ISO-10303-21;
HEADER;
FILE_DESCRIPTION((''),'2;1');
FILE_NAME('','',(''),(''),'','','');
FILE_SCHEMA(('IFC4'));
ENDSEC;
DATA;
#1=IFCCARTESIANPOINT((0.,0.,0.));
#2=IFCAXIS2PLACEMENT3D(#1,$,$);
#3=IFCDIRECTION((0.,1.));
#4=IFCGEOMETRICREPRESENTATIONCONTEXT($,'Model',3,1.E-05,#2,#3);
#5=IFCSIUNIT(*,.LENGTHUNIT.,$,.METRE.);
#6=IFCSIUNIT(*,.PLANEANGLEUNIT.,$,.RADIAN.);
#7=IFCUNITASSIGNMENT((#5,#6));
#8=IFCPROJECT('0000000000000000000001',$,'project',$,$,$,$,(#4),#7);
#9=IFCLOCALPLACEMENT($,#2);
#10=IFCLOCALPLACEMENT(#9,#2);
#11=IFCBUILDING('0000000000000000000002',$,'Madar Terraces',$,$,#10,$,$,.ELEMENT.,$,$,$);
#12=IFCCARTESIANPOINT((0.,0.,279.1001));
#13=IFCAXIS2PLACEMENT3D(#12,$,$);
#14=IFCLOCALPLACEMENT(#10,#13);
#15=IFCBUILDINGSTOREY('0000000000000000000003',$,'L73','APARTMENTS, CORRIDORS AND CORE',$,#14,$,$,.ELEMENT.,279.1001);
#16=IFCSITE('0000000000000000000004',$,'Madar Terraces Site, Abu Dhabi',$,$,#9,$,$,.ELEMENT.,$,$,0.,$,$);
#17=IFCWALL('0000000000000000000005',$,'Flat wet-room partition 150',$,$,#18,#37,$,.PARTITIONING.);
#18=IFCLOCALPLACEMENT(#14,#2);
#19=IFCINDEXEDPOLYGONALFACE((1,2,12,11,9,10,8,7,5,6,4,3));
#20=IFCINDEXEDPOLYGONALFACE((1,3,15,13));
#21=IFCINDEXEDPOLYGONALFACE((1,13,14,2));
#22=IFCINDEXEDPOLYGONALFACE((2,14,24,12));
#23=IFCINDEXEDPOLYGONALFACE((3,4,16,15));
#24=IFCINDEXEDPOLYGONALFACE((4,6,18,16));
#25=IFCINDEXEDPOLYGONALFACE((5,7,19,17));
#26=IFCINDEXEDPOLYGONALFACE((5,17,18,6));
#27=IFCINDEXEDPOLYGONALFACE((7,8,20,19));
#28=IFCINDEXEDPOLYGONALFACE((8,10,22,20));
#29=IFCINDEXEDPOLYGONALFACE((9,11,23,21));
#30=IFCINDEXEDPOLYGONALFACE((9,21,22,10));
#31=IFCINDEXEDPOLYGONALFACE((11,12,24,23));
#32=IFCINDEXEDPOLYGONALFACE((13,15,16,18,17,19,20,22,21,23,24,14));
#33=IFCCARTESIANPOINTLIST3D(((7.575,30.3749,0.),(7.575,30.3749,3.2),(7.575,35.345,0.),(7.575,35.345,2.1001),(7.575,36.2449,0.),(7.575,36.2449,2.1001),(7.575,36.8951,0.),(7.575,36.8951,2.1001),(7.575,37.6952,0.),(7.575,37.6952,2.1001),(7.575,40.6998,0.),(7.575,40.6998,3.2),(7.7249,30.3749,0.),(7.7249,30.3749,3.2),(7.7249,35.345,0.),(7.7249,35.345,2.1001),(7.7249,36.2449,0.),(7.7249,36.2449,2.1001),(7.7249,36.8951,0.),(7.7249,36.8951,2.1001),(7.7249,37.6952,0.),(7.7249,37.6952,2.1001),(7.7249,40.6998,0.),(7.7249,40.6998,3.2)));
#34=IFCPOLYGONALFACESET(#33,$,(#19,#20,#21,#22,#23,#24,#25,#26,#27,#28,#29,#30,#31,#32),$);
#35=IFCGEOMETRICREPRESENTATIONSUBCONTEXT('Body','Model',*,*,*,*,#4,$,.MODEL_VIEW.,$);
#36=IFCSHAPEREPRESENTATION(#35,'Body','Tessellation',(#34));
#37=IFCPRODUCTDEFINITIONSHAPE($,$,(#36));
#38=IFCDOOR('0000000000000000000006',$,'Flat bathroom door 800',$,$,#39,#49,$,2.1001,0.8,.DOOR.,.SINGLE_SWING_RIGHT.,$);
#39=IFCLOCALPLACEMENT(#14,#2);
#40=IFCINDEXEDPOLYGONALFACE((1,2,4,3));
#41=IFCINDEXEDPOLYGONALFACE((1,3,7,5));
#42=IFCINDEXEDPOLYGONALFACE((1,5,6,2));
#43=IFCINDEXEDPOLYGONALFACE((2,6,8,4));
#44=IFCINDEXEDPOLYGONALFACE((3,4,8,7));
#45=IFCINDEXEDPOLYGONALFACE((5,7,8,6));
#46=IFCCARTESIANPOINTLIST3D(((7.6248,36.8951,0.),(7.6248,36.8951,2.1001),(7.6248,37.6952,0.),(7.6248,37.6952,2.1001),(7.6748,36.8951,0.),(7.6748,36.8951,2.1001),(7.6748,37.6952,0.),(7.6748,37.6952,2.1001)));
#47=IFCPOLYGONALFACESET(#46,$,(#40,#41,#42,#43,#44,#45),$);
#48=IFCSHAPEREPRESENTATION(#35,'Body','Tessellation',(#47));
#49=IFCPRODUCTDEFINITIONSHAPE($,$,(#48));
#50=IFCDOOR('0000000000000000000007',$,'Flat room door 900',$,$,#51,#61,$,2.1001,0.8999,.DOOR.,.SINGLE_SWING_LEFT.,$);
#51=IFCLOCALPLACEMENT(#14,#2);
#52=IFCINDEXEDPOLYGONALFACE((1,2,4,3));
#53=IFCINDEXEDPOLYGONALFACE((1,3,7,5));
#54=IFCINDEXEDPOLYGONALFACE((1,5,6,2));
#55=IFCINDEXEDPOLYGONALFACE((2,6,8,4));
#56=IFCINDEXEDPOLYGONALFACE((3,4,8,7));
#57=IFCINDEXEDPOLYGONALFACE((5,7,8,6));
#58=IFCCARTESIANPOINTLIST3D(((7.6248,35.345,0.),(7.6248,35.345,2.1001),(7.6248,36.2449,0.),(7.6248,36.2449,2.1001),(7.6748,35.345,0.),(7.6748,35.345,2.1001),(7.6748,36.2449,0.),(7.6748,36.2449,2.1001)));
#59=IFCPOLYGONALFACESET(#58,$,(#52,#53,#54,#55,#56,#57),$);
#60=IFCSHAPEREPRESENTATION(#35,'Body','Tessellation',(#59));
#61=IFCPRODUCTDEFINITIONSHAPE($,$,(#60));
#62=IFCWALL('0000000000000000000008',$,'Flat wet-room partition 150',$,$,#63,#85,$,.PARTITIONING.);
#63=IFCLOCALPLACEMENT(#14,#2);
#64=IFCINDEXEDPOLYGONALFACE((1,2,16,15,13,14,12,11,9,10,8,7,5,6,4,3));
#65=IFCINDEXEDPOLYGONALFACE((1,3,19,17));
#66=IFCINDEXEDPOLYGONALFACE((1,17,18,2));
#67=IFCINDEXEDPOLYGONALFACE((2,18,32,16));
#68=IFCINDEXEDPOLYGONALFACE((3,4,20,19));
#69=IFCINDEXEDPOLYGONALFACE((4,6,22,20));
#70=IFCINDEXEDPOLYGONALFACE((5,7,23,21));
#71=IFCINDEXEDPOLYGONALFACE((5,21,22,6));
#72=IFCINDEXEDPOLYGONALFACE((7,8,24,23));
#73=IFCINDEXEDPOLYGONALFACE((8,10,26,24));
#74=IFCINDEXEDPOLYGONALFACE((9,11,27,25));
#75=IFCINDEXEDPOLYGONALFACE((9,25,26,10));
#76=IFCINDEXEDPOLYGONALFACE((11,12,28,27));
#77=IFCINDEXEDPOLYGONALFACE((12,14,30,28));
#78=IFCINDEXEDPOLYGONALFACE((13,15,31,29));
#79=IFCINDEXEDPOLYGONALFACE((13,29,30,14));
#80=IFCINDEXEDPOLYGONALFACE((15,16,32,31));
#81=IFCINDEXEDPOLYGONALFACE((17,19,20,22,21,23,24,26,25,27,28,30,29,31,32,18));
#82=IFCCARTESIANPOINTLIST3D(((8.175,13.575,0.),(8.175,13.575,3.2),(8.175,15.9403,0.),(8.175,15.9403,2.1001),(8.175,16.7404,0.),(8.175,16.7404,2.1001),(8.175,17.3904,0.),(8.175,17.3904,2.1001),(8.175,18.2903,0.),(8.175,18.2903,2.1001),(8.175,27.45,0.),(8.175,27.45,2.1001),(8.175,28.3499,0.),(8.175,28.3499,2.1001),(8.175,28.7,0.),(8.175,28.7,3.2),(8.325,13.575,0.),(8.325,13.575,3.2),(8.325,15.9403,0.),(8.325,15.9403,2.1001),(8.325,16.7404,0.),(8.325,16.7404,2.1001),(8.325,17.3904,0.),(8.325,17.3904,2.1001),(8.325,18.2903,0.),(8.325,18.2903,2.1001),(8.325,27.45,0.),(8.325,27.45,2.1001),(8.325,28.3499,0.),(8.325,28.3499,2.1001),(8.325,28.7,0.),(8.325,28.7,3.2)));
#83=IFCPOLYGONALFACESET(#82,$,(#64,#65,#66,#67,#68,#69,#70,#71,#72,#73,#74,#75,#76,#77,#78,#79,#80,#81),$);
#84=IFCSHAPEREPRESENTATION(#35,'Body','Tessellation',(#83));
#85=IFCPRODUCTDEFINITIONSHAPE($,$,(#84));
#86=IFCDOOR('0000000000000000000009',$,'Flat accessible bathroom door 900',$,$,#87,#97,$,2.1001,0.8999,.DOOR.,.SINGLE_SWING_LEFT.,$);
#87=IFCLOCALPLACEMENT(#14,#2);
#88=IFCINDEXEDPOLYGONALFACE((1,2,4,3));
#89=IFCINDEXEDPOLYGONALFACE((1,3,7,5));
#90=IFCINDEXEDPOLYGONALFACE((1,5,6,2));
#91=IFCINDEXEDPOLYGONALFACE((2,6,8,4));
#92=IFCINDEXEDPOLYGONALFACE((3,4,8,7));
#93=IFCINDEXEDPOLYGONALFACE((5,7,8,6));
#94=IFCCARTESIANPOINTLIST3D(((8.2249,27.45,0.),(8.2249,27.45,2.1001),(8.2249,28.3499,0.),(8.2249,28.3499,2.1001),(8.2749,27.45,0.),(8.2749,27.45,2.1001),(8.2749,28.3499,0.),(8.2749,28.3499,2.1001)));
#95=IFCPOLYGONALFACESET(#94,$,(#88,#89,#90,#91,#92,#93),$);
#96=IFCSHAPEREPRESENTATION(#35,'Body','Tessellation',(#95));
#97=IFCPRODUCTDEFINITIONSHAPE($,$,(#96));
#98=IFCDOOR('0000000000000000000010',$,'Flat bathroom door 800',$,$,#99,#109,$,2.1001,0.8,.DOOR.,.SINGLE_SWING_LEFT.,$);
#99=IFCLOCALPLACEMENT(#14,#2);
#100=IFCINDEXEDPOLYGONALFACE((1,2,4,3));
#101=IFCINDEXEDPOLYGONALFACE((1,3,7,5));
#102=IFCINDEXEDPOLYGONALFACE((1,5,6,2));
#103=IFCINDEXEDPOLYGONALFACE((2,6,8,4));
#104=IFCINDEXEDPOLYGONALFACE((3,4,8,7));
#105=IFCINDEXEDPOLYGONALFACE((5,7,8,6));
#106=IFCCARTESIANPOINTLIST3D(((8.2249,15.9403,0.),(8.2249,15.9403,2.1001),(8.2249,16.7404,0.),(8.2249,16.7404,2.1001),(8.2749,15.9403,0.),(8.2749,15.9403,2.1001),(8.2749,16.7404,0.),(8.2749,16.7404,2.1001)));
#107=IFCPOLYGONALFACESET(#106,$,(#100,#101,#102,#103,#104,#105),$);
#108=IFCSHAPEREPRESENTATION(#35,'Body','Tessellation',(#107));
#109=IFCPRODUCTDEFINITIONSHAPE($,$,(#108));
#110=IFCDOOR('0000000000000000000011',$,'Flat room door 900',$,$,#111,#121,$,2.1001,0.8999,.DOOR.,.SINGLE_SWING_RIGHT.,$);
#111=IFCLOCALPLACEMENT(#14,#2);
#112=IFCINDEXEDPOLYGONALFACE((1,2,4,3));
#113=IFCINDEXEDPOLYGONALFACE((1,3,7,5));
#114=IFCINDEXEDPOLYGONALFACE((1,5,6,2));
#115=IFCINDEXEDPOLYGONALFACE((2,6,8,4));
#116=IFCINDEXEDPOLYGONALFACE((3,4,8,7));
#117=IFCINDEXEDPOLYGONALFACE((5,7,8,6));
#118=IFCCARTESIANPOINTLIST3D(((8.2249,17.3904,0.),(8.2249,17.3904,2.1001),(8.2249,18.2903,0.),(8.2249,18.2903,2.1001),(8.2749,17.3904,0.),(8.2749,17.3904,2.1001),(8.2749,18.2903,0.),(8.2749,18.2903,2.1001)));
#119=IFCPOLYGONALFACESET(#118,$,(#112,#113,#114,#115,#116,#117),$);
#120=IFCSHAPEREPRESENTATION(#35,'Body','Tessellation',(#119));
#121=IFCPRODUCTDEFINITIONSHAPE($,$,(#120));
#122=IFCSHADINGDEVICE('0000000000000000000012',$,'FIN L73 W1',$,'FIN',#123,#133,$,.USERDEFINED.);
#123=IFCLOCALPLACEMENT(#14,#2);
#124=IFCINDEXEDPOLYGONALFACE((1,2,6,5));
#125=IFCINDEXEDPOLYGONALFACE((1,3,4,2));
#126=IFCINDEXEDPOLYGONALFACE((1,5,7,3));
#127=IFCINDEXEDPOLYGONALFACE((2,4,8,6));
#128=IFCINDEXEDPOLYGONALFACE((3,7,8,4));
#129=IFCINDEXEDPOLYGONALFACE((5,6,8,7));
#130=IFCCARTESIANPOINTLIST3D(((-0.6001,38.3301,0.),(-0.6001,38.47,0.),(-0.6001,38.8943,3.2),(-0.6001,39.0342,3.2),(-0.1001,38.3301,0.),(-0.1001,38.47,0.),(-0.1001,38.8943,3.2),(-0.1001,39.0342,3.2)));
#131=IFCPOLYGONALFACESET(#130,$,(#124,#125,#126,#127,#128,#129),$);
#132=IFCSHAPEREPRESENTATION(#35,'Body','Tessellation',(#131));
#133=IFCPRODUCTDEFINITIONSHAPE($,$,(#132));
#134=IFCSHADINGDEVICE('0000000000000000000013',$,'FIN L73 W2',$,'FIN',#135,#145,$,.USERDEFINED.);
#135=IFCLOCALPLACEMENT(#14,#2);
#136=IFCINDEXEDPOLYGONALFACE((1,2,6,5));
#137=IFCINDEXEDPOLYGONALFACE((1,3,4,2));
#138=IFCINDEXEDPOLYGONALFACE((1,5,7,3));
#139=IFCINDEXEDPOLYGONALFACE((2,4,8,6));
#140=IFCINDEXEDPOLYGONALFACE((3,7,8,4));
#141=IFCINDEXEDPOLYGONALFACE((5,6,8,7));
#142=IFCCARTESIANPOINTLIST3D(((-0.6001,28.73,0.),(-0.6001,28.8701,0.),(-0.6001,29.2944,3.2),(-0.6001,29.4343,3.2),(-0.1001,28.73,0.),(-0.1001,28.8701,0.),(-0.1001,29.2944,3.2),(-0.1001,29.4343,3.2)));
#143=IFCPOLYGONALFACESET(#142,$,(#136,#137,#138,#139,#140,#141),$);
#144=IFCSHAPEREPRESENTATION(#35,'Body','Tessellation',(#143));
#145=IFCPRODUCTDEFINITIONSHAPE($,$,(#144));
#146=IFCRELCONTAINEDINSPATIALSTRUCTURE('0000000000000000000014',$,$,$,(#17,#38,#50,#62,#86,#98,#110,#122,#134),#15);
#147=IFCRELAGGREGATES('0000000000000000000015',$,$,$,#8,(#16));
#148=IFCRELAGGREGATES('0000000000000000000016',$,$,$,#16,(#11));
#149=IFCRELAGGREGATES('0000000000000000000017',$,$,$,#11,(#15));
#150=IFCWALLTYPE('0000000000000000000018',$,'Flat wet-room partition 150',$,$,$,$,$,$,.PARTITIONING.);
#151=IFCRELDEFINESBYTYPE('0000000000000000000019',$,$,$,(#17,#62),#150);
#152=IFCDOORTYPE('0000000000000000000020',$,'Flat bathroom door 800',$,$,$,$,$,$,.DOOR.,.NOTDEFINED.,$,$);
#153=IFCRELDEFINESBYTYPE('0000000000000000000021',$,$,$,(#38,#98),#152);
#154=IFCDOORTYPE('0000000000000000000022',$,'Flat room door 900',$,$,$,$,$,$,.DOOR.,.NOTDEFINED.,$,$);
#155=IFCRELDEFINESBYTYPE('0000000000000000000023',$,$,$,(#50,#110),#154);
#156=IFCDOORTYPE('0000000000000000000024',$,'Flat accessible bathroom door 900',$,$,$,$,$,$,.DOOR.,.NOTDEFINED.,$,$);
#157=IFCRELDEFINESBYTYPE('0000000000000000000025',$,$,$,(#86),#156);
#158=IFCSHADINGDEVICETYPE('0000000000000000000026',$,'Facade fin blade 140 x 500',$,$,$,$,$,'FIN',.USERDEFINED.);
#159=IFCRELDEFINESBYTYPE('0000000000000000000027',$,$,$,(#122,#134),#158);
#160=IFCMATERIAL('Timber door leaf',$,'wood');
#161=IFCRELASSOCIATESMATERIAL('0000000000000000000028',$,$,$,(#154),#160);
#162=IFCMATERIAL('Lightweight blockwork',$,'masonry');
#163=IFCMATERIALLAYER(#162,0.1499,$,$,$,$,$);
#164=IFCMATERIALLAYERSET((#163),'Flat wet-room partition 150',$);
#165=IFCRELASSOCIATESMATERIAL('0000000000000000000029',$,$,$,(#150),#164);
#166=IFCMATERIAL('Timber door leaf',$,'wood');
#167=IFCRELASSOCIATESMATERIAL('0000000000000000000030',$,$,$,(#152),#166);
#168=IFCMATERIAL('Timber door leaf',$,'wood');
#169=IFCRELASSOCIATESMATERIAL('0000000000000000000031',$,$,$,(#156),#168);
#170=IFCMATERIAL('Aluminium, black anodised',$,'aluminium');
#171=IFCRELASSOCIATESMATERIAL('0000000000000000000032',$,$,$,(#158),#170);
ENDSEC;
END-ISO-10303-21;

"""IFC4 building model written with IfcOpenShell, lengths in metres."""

from ifc_helpers import new_model, si_unit, direction, frame, frame_2d, origin, place, context, subcontext, project, spatial, polyline, rectangle, outline, extrude, material, layer, layer_set, type_object, element, fill, save


model = new_model("IFC4")

# Units and contexts
model_context = context("Model", 3, precision=1e-05, world=origin(), true_north=direction((0.0, 1.0)))
body_context = subcontext(model_context, "Body", "Model", "MODEL_VIEW")
ifc_project = project(units=[si_unit("LENGTHUNIT", "METRE"), si_unit("PLANEANGLEUNIT", "RADIAN")], contexts=[model_context])

# Site, building, storey
site_placement = place(None, origin())
site = spatial("IfcSite", under=ifc_project, at=site_placement, Name="Madar Terraces Site, Abu Dhabi", CompositionType="ELEMENT", RefElevation=0.0)
building_placement = place(site_placement, origin())
building = spatial("IfcBuilding", under=site, at=building_placement, Name="Madar Terraces", CompositionType="ELEMENT")
storey_placement = place(building_placement, frame((0.0, 0.0, 279.1001)))
storey = spatial("IfcBuildingStorey", under=building, at=storey_placement, Name="L73", Description="APARTMENTS, CORRIDORS AND CORE", CompositionType="ELEMENT", Elevation=279.1001)

# Shared definitions
ifc_material_1 = material(Name="Timber door leaf", Category="wood")
door_type_1 = type_object("IfcDoorType", Name="Flat room door 900", OperationType="NOTDEFINED", PredefinedType="DOOR", material=ifc_material_1)

# Walls, openings, doors
ifc_material_2 = material(Name="Lightweight blockwork", Category="masonry")
ifc_layer_1 = layer(ifc_material_2, 0.1499)
ifc_layer_set_1 = layer_set([ifc_layer_1], Name="Flat wet-room partition 150")
wall_type_1 = type_object("IfcWallType", Name="Flat wet-room partition 150", PredefinedType="PARTITIONING", material=ifc_layer_set_1)
wall_1_placement = place(storey_placement, frame((7.6499, 40.7, 0.0), z_axis=(0.0, 0.0, 1.0), x_axis=(0.0, -1.0, 0.0)))
wall_1 = element("IfcWall", 1, at=wall_1_placement, inside=storey, type_object=wall_type_1, Name="Flat wet-room partition 150", PredefinedType="PARTITIONING", context=body_context, shape_type="SweptSolid", body=[
    extrude(rectangle(XDim=10.325, YDim=0.1499, at=frame_2d((5.1626, 0.0))), origin(), (0.0, 0.0, 1.0), 3.2),
])
opening_1_placement = place(wall_1_placement, frame((4.4551, 0.0, 0.0)))
opening_1 = element("IfcOpeningElement", 2, at=opening_1_placement, cuts=wall_1, PredefinedType="OPENING", context=body_context, shape_type="SweptSolid", body=[
    extrude(rectangle(XDim=0.8999, YDim=2.1001, at=frame_2d((0.45, 1.05))), frame((0.0, 0.085, 0.0), z_axis=(0.0, -1.0, 0.0), x_axis=(1.0, 0.0, 0.0)), (0.0, 0.0, 1.0), 0.1699),
])
opening_2_placement = place(wall_1_placement, frame((3.0049, 0.0, 0.0)))
opening_2 = element("IfcOpeningElement", 3, at=opening_2_placement, cuts=wall_1, PredefinedType="OPENING", context=body_context, shape_type="SweptSolid", body=[
    extrude(rectangle(XDim=0.8, YDim=2.1001, at=frame_2d((0.3999, 1.05))), frame((0.0, 0.085, 0.0), z_axis=(0.0, -1.0, 0.0), x_axis=(1.0, 0.0, 0.0)), (0.0, 0.0, 1.0), 0.1699),
])
ifc_material_3 = material(Name="Timber door leaf", Category="wood")
door_type_2 = type_object("IfcDoorType", Name="Flat bathroom door 800", OperationType="NOTDEFINED", PredefinedType="DOOR", material=ifc_material_3)
door_1_placement = place(opening_2_placement, origin())
door_1 = element("IfcDoor", 4, at=door_1_placement, inside=storey, type_object=door_type_2, Name="Flat bathroom door 800", OperationType="SINGLE_SWING_RIGHT", OverallHeight=2.1001, OverallWidth=0.8, PredefinedType="DOOR", context=body_context, shape_type="SweptSolid", body=[
    extrude(rectangle(XDim=0.8, YDim=2.1001, at=frame_2d((0.3999, 1.05))), frame((0.0, 0.0249, 0.0), z_axis=(0.0, -1.0, 0.0), x_axis=(1.0, 0.0, 0.0)), (0.0, 0.0, 1.0), 0.05),
])
fill(opening_2, door_1)
door_2_placement = place(opening_1_placement, origin())
door_2 = element("IfcDoor", 5, at=door_2_placement, inside=storey, type_object=door_type_1, Name="Flat room door 900", OperationType="SINGLE_SWING_LEFT", OverallHeight=2.1001, OverallWidth=0.8999, PredefinedType="DOOR", context=body_context, shape_type="SweptSolid", body=[
    extrude(rectangle(XDim=0.8999, YDim=2.1001, at=frame_2d((0.45, 1.05))), frame((0.0, 0.0249, 0.0), z_axis=(0.0, -1.0, 0.0), x_axis=(1.0, 0.0, 0.0)), (0.0, 0.0, 1.0), 0.05),
])
fill(opening_1, door_2)
wall_2_placement = place(storey_placement, frame((8.25, 28.7, 0.0), z_axis=(0.0, 0.0, 1.0), x_axis=(0.0, -1.0, 0.0)))
wall_2 = element("IfcWall", 6, at=wall_2_placement, inside=storey, type_object=wall_type_1, Name="Flat wet-room partition 150", PredefinedType="PARTITIONING", context=body_context, shape_type="SweptSolid", body=[
    extrude(rectangle(XDim=15.125, YDim=0.1499, at=frame_2d((7.5625, 0.0))), origin(), (0.0, 0.0, 1.0), 3.2),
])
opening_3_placement = place(wall_2_placement, frame((11.9597, 0.0, 0.0)))
opening_3 = element("IfcOpeningElement", 7, at=opening_3_placement, cuts=wall_2, PredefinedType="OPENING", context=body_context, shape_type="SweptSolid", body=[
    extrude(rectangle(XDim=0.8, YDim=2.1001, at=frame_2d((0.3999, 1.05))), frame((0.0, 0.085, 0.0), z_axis=(0.0, -1.0, 0.0), x_axis=(1.0, 0.0, 0.0)), (0.0, 0.0, 1.0), 0.1699),
])
opening_4_placement = place(wall_2_placement, frame((10.4097, 0.0, 0.0)))
opening_4 = element("IfcOpeningElement", 8, at=opening_4_placement, cuts=wall_2, PredefinedType="OPENING", context=body_context, shape_type="SweptSolid", body=[
    extrude(rectangle(XDim=0.8999, YDim=2.1001, at=frame_2d((0.45, 1.05))), frame((0.0, 0.085, 0.0), z_axis=(0.0, -1.0, 0.0), x_axis=(1.0, 0.0, 0.0)), (0.0, 0.0, 1.0), 0.1699),
])
opening_5_placement = place(wall_2_placement, frame((0.3501, 0.0, 0.0)))
opening_5 = element("IfcOpeningElement", 9, at=opening_5_placement, cuts=wall_2, PredefinedType="OPENING", context=body_context, shape_type="SweptSolid", body=[
    extrude(rectangle(XDim=0.8999, YDim=2.1001, at=frame_2d((0.45, 1.05))), frame((0.0, 0.085, 0.0), z_axis=(0.0, -1.0, 0.0), x_axis=(1.0, 0.0, 0.0)), (0.0, 0.0, 1.0), 0.1699),
])
ifc_material_4 = material(Name="Timber door leaf", Category="wood")
door_type_3 = type_object("IfcDoorType", Name="Flat accessible bathroom door 900", OperationType="NOTDEFINED", PredefinedType="DOOR", material=ifc_material_4)
door_3_placement = place(opening_5_placement, origin())
door_3 = element("IfcDoor", 10, at=door_3_placement, inside=storey, type_object=door_type_3, Name="Flat accessible bathroom door 900", OperationType="SINGLE_SWING_LEFT", OverallHeight=2.1001, OverallWidth=0.8999, PredefinedType="DOOR", context=body_context, shape_type="SweptSolid", body=[
    extrude(rectangle(XDim=0.8999, YDim=2.1001, at=frame_2d((0.45, 1.05))), frame((0.0, 0.0249, 0.0), z_axis=(0.0, -1.0, 0.0), x_axis=(1.0, 0.0, 0.0)), (0.0, 0.0, 1.0), 0.05),
])
fill(opening_5, door_3)
door_4_placement = place(opening_3_placement, origin())
door_4 = element("IfcDoor", 11, at=door_4_placement, inside=storey, type_object=door_type_2, Name="Flat bathroom door 800", OperationType="SINGLE_SWING_LEFT", OverallHeight=2.1001, OverallWidth=0.8, PredefinedType="DOOR", context=body_context, shape_type="SweptSolid", body=[
    extrude(rectangle(XDim=0.8, YDim=2.1001, at=frame_2d((0.3999, 1.05))), frame((0.0, 0.0249, 0.0), z_axis=(0.0, -1.0, 0.0), x_axis=(1.0, 0.0, 0.0)), (0.0, 0.0, 1.0), 0.05),
])
fill(opening_3, door_4)
door_5_placement = place(opening_4_placement, origin())
door_5 = element("IfcDoor", 12, at=door_5_placement, inside=storey, type_object=door_type_1, Name="Flat room door 900", OperationType="SINGLE_SWING_RIGHT", OverallHeight=2.1001, OverallWidth=0.8999, PredefinedType="DOOR", context=body_context, shape_type="SweptSolid", body=[
    extrude(rectangle(XDim=0.8999, YDim=2.1001, at=frame_2d((0.45, 1.05))), frame((0.0, 0.0249, 0.0), z_axis=(0.0, -1.0, 0.0), x_axis=(1.0, 0.0, 0.0)), (0.0, 0.0, 1.0), 0.05),
])
fill(opening_4, door_5)

# Shading devices
ifc_material_5 = material(Name="Aluminium, black anodised", Category="aluminium")
shading_device_type = type_object("IfcShadingDeviceType", Name="Facade fin blade 140 x 500", ElementType="FIN", PredefinedType="USERDEFINED", material=ifc_material_5)
shading_device_1_placement = place(storey_placement, frame((-0.3501, 38.47, 0.0), z_axis=(0.0, 0.0, 1.0), x_axis=(0.0, -1.0, 0.0)))
element("IfcShadingDevice", 13, at=shading_device_1_placement, inside=storey, type_object=shading_device_type, Name="FIN L73 W1", ObjectType="FIN", PredefinedType="USERDEFINED", context=body_context, shape_type="SweptSolid", body=[
    extrude(outline(polyline([(0.0, 0.0), (0.1399, 0.0), (-0.4243, 3.2), (-0.5642, 3.2), (0.0, 0.0)])), frame((0.0, 0.25, 0.0), z_axis=(0.0, -1.0, 0.0), x_axis=(1.0, 0.0, 0.0)), (0.0, 0.0, 1.0), 0.5),
])
shading_device_2_placement = place(storey_placement, frame((-0.3501, 28.8701, 0.0), z_axis=(0.0, 0.0, 1.0), x_axis=(0.0, -1.0, 0.0)))
element("IfcShadingDevice", 14, at=shading_device_2_placement, inside=storey, type_object=shading_device_type, Name="FIN L73 W2", ObjectType="FIN", PredefinedType="USERDEFINED", context=body_context, shape_type="SweptSolid", body=[
    extrude(outline(polyline([(0.0, 0.0), (0.1401, 0.0), (-0.4243, 3.2), (-0.5642, 3.2), (0.0, 0.0)])), frame((0.0, 0.25, 0.0), z_axis=(0.0, -1.0, 0.0), x_axis=(1.0, 0.0, 0.0)), (0.0, 0.0, 1.0), 0.5),
])

save(model, "model.ifc")
